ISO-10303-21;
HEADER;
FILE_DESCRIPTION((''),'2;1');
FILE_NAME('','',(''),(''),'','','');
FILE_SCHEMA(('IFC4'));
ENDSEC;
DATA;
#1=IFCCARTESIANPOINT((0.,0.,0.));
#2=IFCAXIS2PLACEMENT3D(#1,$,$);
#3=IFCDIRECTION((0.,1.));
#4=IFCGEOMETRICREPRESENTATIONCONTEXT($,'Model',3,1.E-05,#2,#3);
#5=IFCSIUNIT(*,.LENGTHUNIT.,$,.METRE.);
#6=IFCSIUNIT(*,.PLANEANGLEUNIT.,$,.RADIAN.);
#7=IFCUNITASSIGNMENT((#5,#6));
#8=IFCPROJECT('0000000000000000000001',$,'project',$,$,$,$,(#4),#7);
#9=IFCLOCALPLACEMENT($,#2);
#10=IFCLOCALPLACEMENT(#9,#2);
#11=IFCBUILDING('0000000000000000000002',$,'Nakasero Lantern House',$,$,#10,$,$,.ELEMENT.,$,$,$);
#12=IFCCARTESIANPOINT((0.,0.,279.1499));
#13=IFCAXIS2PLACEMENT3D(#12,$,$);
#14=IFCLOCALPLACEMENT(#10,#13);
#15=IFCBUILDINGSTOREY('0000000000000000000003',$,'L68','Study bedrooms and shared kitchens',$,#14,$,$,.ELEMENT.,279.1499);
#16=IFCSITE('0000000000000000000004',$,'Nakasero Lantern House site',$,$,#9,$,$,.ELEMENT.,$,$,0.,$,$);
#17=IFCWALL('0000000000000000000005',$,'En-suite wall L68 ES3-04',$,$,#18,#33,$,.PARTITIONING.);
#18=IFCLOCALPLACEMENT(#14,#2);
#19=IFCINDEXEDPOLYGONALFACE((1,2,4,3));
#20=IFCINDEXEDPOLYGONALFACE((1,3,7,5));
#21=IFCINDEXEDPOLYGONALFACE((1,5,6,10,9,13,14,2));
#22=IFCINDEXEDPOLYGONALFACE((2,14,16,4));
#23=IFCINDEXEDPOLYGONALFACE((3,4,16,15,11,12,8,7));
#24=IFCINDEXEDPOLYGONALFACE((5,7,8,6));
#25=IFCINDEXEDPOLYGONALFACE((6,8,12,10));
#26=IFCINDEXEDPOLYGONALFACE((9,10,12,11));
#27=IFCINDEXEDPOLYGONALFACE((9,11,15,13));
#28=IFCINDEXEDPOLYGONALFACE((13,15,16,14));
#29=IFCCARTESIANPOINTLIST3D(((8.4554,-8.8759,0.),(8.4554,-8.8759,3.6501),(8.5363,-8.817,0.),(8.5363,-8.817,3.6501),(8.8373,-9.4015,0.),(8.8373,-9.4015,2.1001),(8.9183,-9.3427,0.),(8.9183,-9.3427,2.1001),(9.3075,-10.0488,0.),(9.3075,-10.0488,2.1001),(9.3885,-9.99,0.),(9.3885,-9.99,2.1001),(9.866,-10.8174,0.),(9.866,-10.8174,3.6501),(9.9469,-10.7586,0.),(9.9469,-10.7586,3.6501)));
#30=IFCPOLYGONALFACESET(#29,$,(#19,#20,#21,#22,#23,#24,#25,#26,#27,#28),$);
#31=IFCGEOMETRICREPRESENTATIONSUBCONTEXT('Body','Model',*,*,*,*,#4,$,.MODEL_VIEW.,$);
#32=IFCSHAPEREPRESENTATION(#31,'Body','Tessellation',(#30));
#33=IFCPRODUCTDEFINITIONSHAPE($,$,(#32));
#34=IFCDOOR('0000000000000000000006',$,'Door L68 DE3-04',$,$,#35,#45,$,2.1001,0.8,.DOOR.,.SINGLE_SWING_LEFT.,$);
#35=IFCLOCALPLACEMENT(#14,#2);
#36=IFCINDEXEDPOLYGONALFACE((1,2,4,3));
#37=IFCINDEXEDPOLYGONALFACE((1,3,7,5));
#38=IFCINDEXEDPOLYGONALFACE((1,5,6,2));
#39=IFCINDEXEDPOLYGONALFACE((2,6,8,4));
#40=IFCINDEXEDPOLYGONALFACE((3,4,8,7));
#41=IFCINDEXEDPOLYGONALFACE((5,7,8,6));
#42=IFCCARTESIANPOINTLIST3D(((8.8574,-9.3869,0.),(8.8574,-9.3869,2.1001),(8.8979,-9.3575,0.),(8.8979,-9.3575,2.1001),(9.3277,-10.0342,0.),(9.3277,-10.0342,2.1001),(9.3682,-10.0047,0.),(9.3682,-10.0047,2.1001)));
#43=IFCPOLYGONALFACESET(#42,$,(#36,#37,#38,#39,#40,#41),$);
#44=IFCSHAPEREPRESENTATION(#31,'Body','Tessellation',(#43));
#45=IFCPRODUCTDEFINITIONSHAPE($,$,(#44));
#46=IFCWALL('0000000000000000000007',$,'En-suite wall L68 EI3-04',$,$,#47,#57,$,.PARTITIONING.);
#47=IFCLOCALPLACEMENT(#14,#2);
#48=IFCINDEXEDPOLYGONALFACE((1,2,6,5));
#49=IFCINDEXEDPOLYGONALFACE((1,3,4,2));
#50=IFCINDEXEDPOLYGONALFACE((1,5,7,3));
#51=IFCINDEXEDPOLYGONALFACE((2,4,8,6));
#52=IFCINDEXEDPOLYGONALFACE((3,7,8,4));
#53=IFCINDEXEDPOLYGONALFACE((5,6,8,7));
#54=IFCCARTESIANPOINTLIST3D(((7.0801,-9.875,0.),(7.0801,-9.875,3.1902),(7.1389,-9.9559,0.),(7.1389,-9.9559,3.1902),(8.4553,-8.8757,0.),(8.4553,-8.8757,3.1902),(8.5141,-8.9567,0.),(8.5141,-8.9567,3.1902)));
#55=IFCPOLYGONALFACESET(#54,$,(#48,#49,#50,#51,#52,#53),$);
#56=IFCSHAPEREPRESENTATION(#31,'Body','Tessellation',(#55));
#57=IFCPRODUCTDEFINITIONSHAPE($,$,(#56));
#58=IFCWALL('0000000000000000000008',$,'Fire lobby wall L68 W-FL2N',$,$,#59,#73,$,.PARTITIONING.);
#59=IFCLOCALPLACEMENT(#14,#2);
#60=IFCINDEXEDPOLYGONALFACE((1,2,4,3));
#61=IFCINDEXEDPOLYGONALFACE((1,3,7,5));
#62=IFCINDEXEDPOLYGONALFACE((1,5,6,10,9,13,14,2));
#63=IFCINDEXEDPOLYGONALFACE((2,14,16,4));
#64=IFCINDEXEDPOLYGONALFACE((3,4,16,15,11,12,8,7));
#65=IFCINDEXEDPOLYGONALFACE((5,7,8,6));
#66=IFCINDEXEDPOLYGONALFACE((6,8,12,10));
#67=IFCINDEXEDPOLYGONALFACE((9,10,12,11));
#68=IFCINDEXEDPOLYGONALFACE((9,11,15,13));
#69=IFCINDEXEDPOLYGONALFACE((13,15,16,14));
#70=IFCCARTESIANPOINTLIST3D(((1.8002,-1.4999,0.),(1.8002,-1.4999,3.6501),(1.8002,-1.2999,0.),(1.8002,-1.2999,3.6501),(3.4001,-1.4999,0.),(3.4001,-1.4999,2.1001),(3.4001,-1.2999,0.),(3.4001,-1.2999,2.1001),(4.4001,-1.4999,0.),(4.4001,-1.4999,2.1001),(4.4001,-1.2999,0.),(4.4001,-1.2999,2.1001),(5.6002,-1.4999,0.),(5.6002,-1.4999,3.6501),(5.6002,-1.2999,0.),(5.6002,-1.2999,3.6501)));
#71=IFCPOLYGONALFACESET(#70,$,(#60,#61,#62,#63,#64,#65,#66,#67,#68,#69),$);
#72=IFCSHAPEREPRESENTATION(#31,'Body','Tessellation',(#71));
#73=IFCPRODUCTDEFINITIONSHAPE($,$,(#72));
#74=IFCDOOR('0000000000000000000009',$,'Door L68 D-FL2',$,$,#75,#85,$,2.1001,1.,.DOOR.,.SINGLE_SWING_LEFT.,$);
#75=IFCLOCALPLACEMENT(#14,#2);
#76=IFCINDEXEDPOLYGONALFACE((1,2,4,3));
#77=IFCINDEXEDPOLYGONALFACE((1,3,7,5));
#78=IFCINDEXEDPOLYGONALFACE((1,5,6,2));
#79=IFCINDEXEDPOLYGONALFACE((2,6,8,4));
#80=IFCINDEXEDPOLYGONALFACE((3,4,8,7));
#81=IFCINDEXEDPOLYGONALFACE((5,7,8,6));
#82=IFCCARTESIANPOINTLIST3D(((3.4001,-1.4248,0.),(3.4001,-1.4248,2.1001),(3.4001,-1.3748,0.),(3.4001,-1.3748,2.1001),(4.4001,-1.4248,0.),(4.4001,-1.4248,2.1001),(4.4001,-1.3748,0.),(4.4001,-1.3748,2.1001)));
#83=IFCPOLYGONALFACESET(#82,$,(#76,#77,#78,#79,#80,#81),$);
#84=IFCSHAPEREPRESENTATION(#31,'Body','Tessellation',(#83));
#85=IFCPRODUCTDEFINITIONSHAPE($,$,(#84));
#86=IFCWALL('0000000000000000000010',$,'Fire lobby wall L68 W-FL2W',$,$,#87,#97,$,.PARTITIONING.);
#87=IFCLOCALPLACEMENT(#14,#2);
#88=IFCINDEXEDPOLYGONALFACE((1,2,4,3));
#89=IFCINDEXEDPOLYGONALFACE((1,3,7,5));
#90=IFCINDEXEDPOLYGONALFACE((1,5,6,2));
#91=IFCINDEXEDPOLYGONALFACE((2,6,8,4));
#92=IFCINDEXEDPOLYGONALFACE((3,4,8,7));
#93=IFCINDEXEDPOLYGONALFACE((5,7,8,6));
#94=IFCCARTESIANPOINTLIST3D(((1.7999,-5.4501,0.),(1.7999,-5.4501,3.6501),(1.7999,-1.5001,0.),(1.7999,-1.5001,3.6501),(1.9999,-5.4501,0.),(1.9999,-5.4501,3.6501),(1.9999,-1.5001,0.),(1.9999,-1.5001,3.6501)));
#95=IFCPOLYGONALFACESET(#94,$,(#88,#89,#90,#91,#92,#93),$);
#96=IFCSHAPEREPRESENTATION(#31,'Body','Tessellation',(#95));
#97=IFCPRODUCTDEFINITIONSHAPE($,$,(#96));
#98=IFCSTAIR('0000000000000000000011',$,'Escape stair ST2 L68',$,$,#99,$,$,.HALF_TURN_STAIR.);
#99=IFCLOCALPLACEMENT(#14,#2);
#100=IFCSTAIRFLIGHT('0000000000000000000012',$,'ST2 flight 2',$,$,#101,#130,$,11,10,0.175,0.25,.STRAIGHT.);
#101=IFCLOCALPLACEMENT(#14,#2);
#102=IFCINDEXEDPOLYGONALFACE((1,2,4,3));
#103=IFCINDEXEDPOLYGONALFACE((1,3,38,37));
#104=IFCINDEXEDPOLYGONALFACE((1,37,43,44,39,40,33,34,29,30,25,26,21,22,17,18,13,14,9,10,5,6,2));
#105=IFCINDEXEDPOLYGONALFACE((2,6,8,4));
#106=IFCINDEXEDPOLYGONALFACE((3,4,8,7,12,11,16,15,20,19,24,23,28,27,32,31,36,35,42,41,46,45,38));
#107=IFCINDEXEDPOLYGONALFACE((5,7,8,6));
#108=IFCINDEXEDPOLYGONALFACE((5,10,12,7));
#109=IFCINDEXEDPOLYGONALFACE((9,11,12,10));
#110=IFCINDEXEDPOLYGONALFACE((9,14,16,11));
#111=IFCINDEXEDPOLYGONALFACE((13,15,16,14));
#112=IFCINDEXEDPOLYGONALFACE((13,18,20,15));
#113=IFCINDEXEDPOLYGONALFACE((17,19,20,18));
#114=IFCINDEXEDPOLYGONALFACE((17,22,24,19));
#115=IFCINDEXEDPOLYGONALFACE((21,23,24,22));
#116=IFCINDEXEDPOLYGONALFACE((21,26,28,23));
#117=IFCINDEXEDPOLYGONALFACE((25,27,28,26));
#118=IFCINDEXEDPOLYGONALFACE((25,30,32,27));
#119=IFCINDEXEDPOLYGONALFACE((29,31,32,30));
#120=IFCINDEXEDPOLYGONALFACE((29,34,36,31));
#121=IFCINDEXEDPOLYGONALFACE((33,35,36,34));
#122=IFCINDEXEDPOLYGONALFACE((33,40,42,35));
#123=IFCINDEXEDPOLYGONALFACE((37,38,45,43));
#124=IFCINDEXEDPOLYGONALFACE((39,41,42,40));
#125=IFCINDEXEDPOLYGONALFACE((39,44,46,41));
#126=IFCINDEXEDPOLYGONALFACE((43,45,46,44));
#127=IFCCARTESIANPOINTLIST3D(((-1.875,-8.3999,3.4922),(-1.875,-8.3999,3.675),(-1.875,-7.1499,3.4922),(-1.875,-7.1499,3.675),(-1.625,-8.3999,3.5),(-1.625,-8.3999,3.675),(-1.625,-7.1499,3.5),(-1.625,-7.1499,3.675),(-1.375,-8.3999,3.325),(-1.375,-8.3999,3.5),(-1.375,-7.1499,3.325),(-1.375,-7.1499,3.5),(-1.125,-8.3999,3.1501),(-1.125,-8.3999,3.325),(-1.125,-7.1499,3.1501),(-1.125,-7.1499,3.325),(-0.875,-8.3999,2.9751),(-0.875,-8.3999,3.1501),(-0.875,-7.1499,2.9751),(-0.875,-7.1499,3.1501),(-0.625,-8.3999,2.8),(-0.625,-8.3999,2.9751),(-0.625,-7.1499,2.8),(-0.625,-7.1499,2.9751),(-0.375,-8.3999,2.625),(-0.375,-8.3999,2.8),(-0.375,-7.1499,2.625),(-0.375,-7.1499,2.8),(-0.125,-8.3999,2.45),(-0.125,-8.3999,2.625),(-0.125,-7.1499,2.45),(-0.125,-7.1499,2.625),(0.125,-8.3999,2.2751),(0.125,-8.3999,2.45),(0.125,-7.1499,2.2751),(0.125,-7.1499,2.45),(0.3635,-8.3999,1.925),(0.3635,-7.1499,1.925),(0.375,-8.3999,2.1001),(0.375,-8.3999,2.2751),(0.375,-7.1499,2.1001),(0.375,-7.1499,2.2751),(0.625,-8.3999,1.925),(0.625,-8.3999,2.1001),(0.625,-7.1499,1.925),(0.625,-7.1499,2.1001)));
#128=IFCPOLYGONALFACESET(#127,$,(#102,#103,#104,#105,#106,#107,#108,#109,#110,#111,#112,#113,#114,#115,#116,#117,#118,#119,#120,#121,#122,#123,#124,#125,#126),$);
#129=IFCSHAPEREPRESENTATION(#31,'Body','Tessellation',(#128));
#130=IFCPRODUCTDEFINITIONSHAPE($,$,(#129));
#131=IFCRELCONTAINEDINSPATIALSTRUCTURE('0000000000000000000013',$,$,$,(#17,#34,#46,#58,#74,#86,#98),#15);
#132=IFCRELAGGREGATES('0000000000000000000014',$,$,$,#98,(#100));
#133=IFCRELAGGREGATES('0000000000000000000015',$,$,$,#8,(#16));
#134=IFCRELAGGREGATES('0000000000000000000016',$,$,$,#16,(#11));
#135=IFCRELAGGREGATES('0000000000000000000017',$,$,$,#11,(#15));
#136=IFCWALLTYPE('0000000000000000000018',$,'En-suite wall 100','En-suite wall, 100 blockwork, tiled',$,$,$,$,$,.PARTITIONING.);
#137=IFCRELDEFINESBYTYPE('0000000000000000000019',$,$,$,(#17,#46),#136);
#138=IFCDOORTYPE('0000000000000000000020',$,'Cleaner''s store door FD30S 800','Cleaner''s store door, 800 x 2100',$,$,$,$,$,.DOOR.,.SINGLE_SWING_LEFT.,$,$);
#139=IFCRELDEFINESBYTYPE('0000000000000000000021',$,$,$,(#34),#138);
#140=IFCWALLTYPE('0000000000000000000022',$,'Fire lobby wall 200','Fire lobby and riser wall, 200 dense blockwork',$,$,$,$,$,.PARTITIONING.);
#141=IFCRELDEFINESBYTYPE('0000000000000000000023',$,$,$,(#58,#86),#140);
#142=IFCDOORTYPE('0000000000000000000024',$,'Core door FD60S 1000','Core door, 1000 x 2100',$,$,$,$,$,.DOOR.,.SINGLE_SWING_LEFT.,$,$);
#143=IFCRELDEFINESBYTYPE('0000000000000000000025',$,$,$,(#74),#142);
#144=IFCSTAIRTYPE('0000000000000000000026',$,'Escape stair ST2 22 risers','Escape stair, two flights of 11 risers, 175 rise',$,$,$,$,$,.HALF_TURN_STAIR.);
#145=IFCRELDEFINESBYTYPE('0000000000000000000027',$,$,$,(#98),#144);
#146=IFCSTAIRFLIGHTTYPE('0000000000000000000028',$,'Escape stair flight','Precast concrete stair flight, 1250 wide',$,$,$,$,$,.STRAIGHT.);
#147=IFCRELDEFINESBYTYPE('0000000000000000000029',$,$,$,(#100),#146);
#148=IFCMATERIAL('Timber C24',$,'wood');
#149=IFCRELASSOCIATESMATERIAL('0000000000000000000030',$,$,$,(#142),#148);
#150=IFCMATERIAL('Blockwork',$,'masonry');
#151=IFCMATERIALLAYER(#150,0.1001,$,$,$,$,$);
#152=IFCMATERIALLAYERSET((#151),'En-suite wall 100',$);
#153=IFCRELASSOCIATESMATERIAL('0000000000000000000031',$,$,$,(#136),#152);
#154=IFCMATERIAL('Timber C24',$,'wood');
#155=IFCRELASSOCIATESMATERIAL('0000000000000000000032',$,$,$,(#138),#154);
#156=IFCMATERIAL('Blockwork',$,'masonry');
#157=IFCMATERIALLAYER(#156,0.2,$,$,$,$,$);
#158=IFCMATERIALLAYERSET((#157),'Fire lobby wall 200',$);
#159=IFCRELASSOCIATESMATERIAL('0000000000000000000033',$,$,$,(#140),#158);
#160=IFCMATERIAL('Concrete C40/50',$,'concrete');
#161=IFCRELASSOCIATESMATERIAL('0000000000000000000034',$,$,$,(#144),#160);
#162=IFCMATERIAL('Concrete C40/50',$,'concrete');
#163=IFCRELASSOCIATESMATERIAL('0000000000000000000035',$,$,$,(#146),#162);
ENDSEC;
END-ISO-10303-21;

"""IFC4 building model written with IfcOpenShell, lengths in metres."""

from ifc_helpers import new_model, si_unit, direction, frame, frame_2d, origin, place, context, subcontext, project, spatial, polyline, rectangle, outline, extrude, material, layer, layer_set, type_object, element, fill, aggregate, save


model = new_model("IFC4")

# Units and contexts
model_context = context("Model", 3, precision=1e-05, world=origin(), true_north=direction((0.0, 1.0)))
body_context = subcontext(model_context, "Body", "Model", "MODEL_VIEW")
ifc_project = project(units=[si_unit("LENGTHUNIT", "METRE"), si_unit("PLANEANGLEUNIT", "RADIAN")], contexts=[model_context])

# Site, building, storey
site_placement = place(None, origin())
site = spatial("IfcSite", under=ifc_project, at=site_placement, Name="Nakasero Lantern House site", CompositionType="ELEMENT", RefElevation=0.0)
building_placement = place(site_placement, origin())
building = spatial("IfcBuilding", under=site, at=building_placement, Name="Nakasero Lantern House", CompositionType="ELEMENT")
storey_placement = place(building_placement, frame((0.0, 0.0, 279.1499)))
storey = spatial("IfcBuildingStorey", under=building, at=storey_placement, Name="L68", Description="Study bedrooms and shared kitchens", CompositionType="ELEMENT", Elevation=279.1499)

# Shared definitions
ifc_material_1 = material(Name="Timber C24", Category="wood")
door_type_1 = type_object("IfcDoorType", Name="Core door FD60S 1000", Description="Core door, 1000 x 2100", OperationType="SINGLE_SWING_LEFT", PredefinedType="DOOR", material=ifc_material_1)

# Wall, opening, door
ifc_material_2 = material(Name="Blockwork", Category="masonry")
ifc_layer_1 = layer(ifc_material_2, 0.1001)
ifc_layer_set_1 = layer_set([ifc_layer_1], Name="En-suite wall 100")
wall_type_1 = type_object("IfcWallType", Name="En-suite wall 100", Description="En-suite wall, 100 blockwork, tiled", PredefinedType="PARTITIONING", material=ifc_layer_set_1)
wall_1_placement = place(storey_placement, frame((8.4958, -8.8464, 0.0), z_axis=(0.0, 0.0, 1.0), x_axis=(0.587772, -0.809026, 0.0)))
wall_1 = element("IfcWall", 1, at=wall_1_placement, inside=storey, type_object=wall_type_1, Name="En-suite wall L68 ES3-04", PredefinedType="PARTITIONING", context=body_context, shape_type="SweptSolid", body=[
    extrude(rectangle(XDim=2.3999, YDim=0.1001, at=frame_2d((1.2, 0.0))), origin(), (0.0, 0.0, 1.0), 3.6501),
])
opening_1_placement = place(wall_1_placement, frame((0.6499, 0.0, 0.0)))
opening_1 = element("IfcOpeningElement", 2, at=opening_1_placement, cuts=wall_1, PredefinedType="OPENING", context=body_context, shape_type="SweptSolid", body=[
    extrude(rectangle(XDim=0.8, YDim=2.1001, at=frame_2d((0.3999, 1.05))), frame((0.0, 0.0701, 0.0), z_axis=(0.0, -1.0, 0.0), x_axis=(1.0, 0.0, 0.0)), (0.0, 0.0, 1.0), 0.1401),
])
ifc_material_3 = material(Name="Timber C24", Category="wood")
door_type_2 = type_object("IfcDoorType", Name="Cleaner's store door FD30S 800", Description="Cleaner's store door, 800 x 2100", OperationType="SINGLE_SWING_LEFT", PredefinedType="DOOR", material=ifc_material_3)
door_1_placement = place(opening_1_placement, origin())
door_1 = element("IfcDoor", 3, at=door_1_placement, inside=storey, type_object=door_type_2, Name="Door L68 DE3-04", OperationType="SINGLE_SWING_LEFT", OverallHeight=2.1001, OverallWidth=0.8, PredefinedType="DOOR", context=body_context, shape_type="SweptSolid", body=[
    extrude(rectangle(XDim=0.8, YDim=2.1001, at=frame_2d((0.3999, 1.05))), frame((0.0, 0.0249, 0.0), z_axis=(0.0, -1.0, 0.0), x_axis=(1.0, 0.0, 0.0)), (0.0, 0.0, 1.0), 0.05),
])
fill(opening_1, door_1)

# Wall
wall_2_placement = place(storey_placement, frame((7.1094, -9.9155, 0.0), z_axis=(0.0, 0.0, 1.0), x_axis=(0.808991, 0.587822, 0.0)))
element("IfcWall", 4, at=wall_2_placement, inside=storey, type_object=wall_type_1, Name="En-suite wall L68 EI3-04", PredefinedType="PARTITIONING", context=body_context, shape_type="SweptSolid", body=[
    extrude(rectangle(XDim=1.7, YDim=0.1001, at=frame_2d((0.8501, 0.0))), origin(), (0.0, 0.0, 1.0), 3.1902),
])

# Wall, opening, door
ifc_material_4 = material(Name="Blockwork", Category="masonry")
ifc_layer_2 = layer(ifc_material_4, 0.2)
ifc_layer_set_2 = layer_set([ifc_layer_2], Name="Fire lobby wall 200")
wall_type_2 = type_object("IfcWallType", Name="Fire lobby wall 200", Description="Fire lobby and riser wall, 200 dense blockwork", PredefinedType="PARTITIONING", material=ifc_layer_set_2)
wall_3_placement = place(storey_placement, frame((5.6001, -1.3999, 0.0), z_axis=(0.0, 0.0, 1.0), x_axis=(-1.0, 0.0, 0.0)))
wall_3 = element("IfcWall", 5, at=wall_3_placement, inside=storey, type_object=wall_type_2, Name="Fire lobby wall L68 W-FL2N", PredefinedType="PARTITIONING", context=body_context, shape_type="SweptSolid", body=[
    extrude(rectangle(XDim=3.8, YDim=0.2, at=frame_2d((1.8999, 0.0))), origin(), (0.0, 0.0, 1.0), 3.6501),
])
opening_2_placement = place(wall_3_placement, frame((1.2, 0.0, 0.0)))
opening_2 = element("IfcOpeningElement", 6, at=opening_2_placement, cuts=wall_3, PredefinedType="OPENING", context=body_context, shape_type="SweptSolid", body=[
    extrude(rectangle(XDim=1.0, YDim=2.1001, at=frame_2d((0.5, 1.05))), frame((0.0, 0.1199, 0.0), z_axis=(0.0, -1.0, 0.0), x_axis=(1.0, 0.0, 0.0)), (0.0, 0.0, 1.0), 0.24),
])
door_2_placement = place(opening_2_placement, origin())
door_2 = element("IfcDoor", 7, at=door_2_placement, inside=storey, type_object=door_type_1, Name="Door L68 D-FL2", OperationType="SINGLE_SWING_LEFT", OverallHeight=2.1001, OverallWidth=1.0, PredefinedType="DOOR", context=body_context, shape_type="SweptSolid", body=[
    extrude(rectangle(XDim=1.0, YDim=2.1001, at=frame_2d((0.5, 1.05))), frame((0.0, 0.0249, 0.0), z_axis=(0.0, -1.0, 0.0), x_axis=(1.0, 0.0, 0.0)), (0.0, 0.0, 1.0), 0.05),
])
fill(opening_2, door_2)

# Wall
wall_4_placement = place(storey_placement, frame((1.8999, -1.5, 0.0), z_axis=(0.0, 0.0, 1.0), x_axis=(0.0, -1.0, 0.0)))
element("IfcWall", 8, at=wall_4_placement, inside=storey, type_object=wall_type_2, Name="Fire lobby wall L68 W-FL2W", PredefinedType="PARTITIONING", context=body_context, shape_type="SweptSolid", body=[
    extrude(rectangle(XDim=3.95, YDim=0.2, at=frame_2d((1.9751, 0.0))), origin(), (0.0, 0.0, 1.0), 3.6501),
])

# Stair, stair flight
ifc_material_5 = material(Name="Concrete C40/50", Category="concrete")
stair_type_1 = type_object("IfcStairType", Name="Escape stair ST2 22 risers", Description="Escape stair, two flights of 11 risers, 175 rise", PredefinedType="HALF_TURN_STAIR", material=ifc_material_5)
stair_1_placement = place(storey_placement, origin())
stair_1 = element("IfcStair", 9, at=stair_1_placement, inside=storey, type_object=stair_type_1, Name="Escape stair ST2 L68", PredefinedType="HALF_TURN_STAIR")
ifc_material_6 = material(Name="Concrete C40/50", Category="concrete")
stair_flight_type = type_object("IfcStairFlightType", Name="Escape stair flight", Description="Precast concrete stair flight, 1250 wide", PredefinedType="STRAIGHT", material=ifc_material_6)
stair_flight_placement = place(storey_placement, frame((0.625, -7.7749, 1.925), z_axis=(0.0, 0.0, 1.0), x_axis=(-1.0, 0.0, 0.0)))
stair_flight = element("IfcStairFlight", 10, at=stair_flight_placement, type_object=stair_flight_type, Name="ST2 flight 2", NumberOfRisers=11, NumberOfTreads=10, PredefinedType="STRAIGHT", RiserHeight=0.175, TreadLength=0.25, context=body_context, shape_type="SweptSolid", body=[
    extrude(outline(polyline([(0.0, 0.0), (0.0, 0.175), (0.25, 0.175), (0.25, 0.3501), (0.5, 0.3501), (0.5, 0.5249), (0.75, 0.5249), (0.75, 0.7), (1.0, 0.7), (1.0, 0.875), (1.25, 0.875), (1.25, 1.05), (1.5, 1.05), (1.5, 1.2251), (1.75, 1.2251), (1.75, 1.3999), (2.0, 1.3999), (2.0, 1.575), (2.25, 1.575), (2.25, 1.75), (2.5, 1.75), (2.5, 1.925), (2.5, 1.5671), (0.2615, 0.0), (0.0, 0.0)])), frame((0.0, 0.625, 0.0), z_axis=(0.0, -1.0, 0.0), x_axis=(1.0, 0.0, 0.0)), (0.0, 0.0, 1.0), 1.25),
])
aggregate(stair_1, [stair_flight])

save(model, "model.ifc")
